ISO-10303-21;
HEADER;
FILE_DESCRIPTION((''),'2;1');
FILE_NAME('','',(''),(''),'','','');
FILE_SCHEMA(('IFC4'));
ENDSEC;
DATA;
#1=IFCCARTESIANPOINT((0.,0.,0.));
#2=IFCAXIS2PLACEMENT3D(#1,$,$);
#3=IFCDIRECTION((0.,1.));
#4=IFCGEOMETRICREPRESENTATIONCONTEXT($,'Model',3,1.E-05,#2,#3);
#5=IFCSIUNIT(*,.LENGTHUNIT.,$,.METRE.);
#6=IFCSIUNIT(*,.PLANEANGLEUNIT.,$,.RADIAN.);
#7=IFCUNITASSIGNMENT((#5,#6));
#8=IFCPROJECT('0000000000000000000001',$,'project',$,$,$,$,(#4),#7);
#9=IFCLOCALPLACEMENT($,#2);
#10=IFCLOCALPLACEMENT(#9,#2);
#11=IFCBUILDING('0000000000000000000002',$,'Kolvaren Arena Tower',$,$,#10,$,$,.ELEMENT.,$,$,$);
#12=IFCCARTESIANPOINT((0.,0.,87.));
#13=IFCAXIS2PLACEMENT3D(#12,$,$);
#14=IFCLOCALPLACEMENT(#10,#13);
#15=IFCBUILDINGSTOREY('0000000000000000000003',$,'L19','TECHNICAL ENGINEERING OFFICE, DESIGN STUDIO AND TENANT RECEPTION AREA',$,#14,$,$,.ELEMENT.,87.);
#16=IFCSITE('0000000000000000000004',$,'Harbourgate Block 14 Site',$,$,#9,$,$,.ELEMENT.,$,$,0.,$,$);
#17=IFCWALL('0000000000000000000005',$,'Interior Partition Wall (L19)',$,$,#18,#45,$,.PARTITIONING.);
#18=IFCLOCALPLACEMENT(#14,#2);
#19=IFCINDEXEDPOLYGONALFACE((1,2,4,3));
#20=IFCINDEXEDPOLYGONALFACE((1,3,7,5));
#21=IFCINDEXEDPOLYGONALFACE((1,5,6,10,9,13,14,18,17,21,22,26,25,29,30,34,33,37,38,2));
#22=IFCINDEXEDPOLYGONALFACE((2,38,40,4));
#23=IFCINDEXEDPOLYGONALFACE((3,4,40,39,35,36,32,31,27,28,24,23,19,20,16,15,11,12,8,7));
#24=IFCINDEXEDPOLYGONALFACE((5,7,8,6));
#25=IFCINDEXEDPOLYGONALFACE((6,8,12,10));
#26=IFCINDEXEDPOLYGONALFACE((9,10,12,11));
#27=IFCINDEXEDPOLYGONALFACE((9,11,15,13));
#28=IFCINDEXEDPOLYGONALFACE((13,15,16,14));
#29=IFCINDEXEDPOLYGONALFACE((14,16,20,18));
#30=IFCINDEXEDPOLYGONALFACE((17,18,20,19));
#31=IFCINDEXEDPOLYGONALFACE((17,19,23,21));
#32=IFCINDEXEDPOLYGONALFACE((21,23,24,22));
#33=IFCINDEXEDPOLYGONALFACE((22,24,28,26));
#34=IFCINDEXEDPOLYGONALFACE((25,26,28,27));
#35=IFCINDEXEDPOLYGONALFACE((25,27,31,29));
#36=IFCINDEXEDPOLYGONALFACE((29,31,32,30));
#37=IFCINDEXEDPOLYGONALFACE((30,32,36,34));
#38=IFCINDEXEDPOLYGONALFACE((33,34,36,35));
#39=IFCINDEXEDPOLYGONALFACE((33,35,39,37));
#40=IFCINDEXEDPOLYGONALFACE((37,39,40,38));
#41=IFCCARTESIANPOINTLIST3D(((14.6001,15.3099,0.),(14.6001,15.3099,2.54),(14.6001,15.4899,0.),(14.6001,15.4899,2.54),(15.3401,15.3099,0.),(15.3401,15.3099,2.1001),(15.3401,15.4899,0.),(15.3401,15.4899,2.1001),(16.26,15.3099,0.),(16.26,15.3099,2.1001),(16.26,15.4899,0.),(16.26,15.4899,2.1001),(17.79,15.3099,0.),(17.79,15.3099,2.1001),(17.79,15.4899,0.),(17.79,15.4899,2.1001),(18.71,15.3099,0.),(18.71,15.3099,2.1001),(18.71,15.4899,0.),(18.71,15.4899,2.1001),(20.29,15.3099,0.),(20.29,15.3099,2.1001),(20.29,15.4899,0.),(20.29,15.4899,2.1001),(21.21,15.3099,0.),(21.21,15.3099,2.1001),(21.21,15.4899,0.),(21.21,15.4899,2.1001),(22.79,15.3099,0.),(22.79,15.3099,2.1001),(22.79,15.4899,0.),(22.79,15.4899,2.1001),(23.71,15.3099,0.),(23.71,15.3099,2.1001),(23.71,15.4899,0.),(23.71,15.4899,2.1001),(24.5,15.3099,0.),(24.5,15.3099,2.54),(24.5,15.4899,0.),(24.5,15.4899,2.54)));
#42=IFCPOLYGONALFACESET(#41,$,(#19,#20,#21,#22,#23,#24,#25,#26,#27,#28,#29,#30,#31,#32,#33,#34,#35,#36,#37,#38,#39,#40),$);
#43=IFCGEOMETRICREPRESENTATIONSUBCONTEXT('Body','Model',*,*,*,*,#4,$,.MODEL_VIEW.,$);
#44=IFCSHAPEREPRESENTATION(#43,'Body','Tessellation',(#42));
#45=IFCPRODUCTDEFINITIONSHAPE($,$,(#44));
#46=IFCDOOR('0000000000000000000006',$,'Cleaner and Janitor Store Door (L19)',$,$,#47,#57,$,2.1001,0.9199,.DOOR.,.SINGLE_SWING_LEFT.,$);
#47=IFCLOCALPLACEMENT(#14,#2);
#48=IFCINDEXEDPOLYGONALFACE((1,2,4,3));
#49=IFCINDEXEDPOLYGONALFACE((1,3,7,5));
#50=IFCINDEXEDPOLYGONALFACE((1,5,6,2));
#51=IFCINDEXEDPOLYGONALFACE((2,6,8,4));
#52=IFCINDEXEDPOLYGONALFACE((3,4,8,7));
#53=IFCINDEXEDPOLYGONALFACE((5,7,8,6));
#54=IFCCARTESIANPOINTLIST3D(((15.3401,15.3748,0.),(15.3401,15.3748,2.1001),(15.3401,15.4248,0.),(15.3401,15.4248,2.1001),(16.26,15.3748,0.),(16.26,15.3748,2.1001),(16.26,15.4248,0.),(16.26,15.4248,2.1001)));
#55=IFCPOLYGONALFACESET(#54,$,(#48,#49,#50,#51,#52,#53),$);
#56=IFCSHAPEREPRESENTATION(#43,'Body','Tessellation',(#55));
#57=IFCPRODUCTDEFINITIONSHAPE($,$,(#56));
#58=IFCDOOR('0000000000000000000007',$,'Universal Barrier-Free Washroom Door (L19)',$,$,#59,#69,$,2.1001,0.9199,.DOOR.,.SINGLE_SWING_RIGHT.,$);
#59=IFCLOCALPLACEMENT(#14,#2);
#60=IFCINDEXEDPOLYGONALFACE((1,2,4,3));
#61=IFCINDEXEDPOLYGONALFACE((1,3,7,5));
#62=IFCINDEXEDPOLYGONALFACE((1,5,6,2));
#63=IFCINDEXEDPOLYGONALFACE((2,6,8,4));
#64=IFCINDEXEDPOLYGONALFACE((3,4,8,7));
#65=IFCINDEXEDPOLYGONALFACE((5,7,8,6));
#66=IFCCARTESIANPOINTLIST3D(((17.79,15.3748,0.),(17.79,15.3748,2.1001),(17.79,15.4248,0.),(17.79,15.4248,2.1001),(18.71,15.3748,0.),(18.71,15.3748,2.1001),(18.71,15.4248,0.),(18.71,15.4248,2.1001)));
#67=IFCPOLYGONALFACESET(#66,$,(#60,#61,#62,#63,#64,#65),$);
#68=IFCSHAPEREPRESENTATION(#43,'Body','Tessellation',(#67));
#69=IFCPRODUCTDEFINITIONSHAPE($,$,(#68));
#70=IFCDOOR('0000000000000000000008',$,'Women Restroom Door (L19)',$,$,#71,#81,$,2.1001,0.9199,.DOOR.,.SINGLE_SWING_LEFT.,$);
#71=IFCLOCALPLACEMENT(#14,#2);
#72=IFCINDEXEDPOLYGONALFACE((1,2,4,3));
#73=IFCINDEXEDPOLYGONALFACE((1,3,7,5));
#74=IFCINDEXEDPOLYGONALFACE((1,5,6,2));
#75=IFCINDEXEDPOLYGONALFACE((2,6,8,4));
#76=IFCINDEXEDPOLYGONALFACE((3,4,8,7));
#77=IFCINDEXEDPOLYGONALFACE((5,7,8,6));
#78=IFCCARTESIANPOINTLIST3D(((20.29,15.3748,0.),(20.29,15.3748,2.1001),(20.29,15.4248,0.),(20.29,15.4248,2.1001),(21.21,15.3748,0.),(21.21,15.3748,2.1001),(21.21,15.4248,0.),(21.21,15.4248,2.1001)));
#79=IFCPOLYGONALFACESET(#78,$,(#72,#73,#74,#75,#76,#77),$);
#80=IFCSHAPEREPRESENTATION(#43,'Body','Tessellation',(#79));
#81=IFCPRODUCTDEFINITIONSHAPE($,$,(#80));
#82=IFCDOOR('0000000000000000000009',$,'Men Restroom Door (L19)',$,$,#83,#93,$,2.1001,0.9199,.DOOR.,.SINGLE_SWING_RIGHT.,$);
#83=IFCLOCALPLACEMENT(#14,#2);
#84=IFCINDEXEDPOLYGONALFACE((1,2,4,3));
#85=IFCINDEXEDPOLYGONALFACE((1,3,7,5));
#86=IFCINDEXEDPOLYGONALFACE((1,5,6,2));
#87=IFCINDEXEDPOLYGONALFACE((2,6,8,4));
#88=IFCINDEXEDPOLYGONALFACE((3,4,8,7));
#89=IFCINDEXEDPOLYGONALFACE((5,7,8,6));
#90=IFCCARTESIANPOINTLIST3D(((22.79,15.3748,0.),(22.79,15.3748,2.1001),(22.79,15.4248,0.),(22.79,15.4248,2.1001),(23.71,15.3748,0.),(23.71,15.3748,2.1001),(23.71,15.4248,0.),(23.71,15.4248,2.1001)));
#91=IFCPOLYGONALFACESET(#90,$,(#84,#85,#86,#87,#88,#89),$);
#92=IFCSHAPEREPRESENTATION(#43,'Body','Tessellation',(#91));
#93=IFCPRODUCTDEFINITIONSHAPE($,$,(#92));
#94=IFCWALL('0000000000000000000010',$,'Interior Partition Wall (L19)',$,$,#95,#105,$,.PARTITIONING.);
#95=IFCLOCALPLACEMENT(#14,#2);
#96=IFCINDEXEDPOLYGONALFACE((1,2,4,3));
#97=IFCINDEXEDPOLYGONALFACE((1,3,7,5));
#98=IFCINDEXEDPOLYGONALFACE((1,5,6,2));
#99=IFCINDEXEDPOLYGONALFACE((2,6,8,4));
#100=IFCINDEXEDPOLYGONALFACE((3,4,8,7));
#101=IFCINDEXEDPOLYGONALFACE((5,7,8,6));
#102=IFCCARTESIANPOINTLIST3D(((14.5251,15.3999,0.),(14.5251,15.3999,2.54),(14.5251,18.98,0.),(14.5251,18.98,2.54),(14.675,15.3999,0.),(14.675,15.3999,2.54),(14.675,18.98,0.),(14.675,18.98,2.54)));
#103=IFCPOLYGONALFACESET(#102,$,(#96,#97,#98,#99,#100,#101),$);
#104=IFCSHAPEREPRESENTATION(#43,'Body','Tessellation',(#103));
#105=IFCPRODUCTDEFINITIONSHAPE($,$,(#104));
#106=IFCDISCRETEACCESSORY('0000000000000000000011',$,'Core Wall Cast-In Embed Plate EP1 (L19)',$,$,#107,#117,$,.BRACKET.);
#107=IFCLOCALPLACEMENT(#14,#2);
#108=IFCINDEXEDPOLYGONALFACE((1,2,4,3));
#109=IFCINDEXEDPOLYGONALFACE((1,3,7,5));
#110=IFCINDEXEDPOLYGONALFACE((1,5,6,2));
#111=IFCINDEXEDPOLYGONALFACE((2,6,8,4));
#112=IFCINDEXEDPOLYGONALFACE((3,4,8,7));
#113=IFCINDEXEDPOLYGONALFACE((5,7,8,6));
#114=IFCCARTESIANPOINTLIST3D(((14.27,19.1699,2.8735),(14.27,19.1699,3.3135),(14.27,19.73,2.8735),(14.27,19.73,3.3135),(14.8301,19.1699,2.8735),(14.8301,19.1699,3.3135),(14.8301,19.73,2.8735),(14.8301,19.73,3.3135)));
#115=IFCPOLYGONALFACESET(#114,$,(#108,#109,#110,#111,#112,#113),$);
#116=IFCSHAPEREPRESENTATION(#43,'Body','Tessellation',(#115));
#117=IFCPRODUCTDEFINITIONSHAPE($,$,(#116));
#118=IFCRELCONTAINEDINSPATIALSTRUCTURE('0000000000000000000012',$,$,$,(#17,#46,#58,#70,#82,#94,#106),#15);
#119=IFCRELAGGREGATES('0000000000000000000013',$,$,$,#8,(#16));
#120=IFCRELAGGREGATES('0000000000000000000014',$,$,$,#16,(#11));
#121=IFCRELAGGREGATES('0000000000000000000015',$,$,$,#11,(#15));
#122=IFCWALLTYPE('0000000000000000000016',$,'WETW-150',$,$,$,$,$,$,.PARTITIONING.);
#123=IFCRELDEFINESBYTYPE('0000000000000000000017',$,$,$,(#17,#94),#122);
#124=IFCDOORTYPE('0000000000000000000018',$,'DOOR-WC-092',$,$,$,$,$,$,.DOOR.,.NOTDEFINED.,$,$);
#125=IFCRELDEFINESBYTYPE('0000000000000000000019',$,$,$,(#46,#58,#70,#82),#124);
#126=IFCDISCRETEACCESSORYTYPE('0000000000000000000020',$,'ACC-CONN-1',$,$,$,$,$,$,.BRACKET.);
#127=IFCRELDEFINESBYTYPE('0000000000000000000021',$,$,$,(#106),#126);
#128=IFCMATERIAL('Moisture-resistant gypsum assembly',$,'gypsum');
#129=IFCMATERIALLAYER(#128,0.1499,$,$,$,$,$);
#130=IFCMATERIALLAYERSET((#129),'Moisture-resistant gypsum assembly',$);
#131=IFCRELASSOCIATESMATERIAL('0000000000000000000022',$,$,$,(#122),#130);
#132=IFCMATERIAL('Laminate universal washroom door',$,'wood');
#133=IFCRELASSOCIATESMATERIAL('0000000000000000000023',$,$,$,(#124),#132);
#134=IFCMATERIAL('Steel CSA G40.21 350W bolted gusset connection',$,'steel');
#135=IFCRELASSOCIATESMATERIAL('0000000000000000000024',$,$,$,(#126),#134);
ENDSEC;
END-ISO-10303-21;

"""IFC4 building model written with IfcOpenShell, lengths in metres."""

from ifc_helpers import new_model, si_unit, direction, frame, frame_2d, origin, origin_2d, place, context, subcontext, project, spatial, rectangle, extrude, material, layer, layer_set, type_object, element, fill, save


model = new_model("IFC4")

# Units and contexts
model_context = context("Model", 3, precision=1e-05, world=origin(), true_north=direction((0.0, 1.0)))
body_context = subcontext(model_context, "Body", "Model", "MODEL_VIEW")
ifc_project = project(units=[si_unit("LENGTHUNIT", "METRE"), si_unit("PLANEANGLEUNIT", "RADIAN")], contexts=[model_context])

# Site, building, storey
site_placement = place(None, origin())
site = spatial("IfcSite", under=ifc_project, at=site_placement, Name="Harbourgate Block 14 Site", CompositionType="ELEMENT", RefElevation=0.0)
building_placement = place(site_placement, origin())
building = spatial("IfcBuilding", under=site, at=building_placement, Name="Kolvaren Arena Tower", CompositionType="ELEMENT")
storey_placement = place(building_placement, frame((0.0, 0.0, 87.0)))
storey = spatial("IfcBuildingStorey", under=building, at=storey_placement, Name="L19", Description="TECHNICAL ENGINEERING OFFICE, DESIGN STUDIO AND TENANT RECEPTION AREA", CompositionType="ELEMENT", Elevation=87.0)

# Wall, openings, doors
ifc_material_1 = material(Name="Moisture-resistant gypsum assembly", Category="gypsum")
ifc_layer_1 = layer(ifc_material_1, 0.1499)
ifc_layer_set_1 = layer_set([ifc_layer_1], Name="Moisture-resistant gypsum assembly")
wall_type_1 = type_object("IfcWallType", Name="WETW-150", PredefinedType="PARTITIONING", material=ifc_layer_set_1)
wall_1_placement = place(storey_placement, frame((14.6001, 15.3999, 0.0), z_axis=(0.0, 0.0, 1.0), x_axis=(1.0, 0.0, 0.0)))
wall_1 = element("IfcWall", 1, at=wall_1_placement, inside=storey, type_object=wall_type_1, Name="Interior Partition Wall (L19)", PredefinedType="PARTITIONING", context=body_context, shape_type="SweptSolid", body=[
    extrude(rectangle(XDim=9.8999, YDim=0.1799, at=frame_2d((4.95, 0.0))), origin(), (0.0, 0.0, 1.0), 2.54),
])
opening_1_placement = place(wall_1_placement, frame((0.74, 0.0, 0.0)))
opening_1 = element("IfcOpeningElement", 2, at=opening_1_placement, cuts=wall_1, PredefinedType="OPENING", context=body_context, shape_type="SweptSolid", body=[
    extrude(rectangle(XDim=0.9199, YDim=2.1001, at=frame_2d((0.46, 1.05))), frame((0.0, 0.0999, 0.0), z_axis=(0.0, -1.0, 0.0), x_axis=(1.0, 0.0, 0.0)), (0.0, 0.0, 1.0), 0.2),
])
opening_2_placement = place(wall_1_placement, frame((3.1899, 0.0, 0.0)))
opening_2 = element("IfcOpeningElement", 3, at=opening_2_placement, cuts=wall_1, PredefinedType="OPENING", context=body_context, shape_type="SweptSolid", body=[
    extrude(rectangle(XDim=0.9199, YDim=2.1001, at=frame_2d((0.46, 1.05))), frame((0.0, 0.0999, 0.0), z_axis=(0.0, -1.0, 0.0), x_axis=(1.0, 0.0, 0.0)), (0.0, 0.0, 1.0), 0.2),
])
opening_3_placement = place(wall_1_placement, frame((5.6899, 0.0, 0.0)))
opening_3 = element("IfcOpeningElement", 4, at=opening_3_placement, cuts=wall_1, PredefinedType="OPENING", context=body_context, shape_type="SweptSolid", body=[
    extrude(rectangle(XDim=0.9199, YDim=2.1001, at=frame_2d((0.46, 1.05))), frame((0.0, 0.0999, 0.0), z_axis=(0.0, -1.0, 0.0), x_axis=(1.0, 0.0, 0.0)), (0.0, 0.0, 1.0), 0.2),
])
opening_4_placement = place(wall_1_placement, frame((8.1899, 0.0, 0.0)))
opening_4 = element("IfcOpeningElement", 5, at=opening_4_placement, cuts=wall_1, PredefinedType="OPENING", context=body_context, shape_type="SweptSolid", body=[
    extrude(rectangle(XDim=0.9199, YDim=2.1001, at=frame_2d((0.46, 1.05))), frame((0.0, 0.0999, 0.0), z_axis=(0.0, -1.0, 0.0), x_axis=(1.0, 0.0, 0.0)), (0.0, 0.0, 1.0), 0.2),
])
ifc_material_2 = material(Name="Laminate universal washroom door", Category="wood")
door_type_1 = type_object("IfcDoorType", Name="DOOR-WC-092", OperationType="NOTDEFINED", PredefinedType="DOOR", material=ifc_material_2)
door_1_placement = place(opening_1_placement, origin())
door_1 = element("IfcDoor", 6, at=door_1_placement, inside=storey, type_object=door_type_1, Name="Cleaner and Janitor Store Door (L19)", OperationType="SINGLE_SWING_LEFT", OverallHeight=2.1001, OverallWidth=0.9199, PredefinedType="DOOR", context=body_context, shape_type="SweptSolid", body=[
    extrude(rectangle(XDim=0.9199, YDim=2.1001, at=frame_2d((0.46, 1.05))), frame((0.0, 0.0249, 0.0), z_axis=(0.0, -1.0, 0.0), x_axis=(1.0, 0.0, 0.0)), (0.0, 0.0, 1.0), 0.05),
])
fill(opening_1, door_1)
door_2_placement = place(opening_2_placement, origin())
door_2 = element("IfcDoor", 7, at=door_2_placement, inside=storey, type_object=door_type_1, Name="Universal Barrier-Free Washroom Door (L19)", OperationType="SINGLE_SWING_RIGHT", OverallHeight=2.1001, OverallWidth=0.9199, PredefinedType="DOOR", context=body_context, shape_type="SweptSolid", body=[
    extrude(rectangle(XDim=0.9199, YDim=2.1001, at=frame_2d((0.46, 1.05))), frame((0.0, 0.0249, 0.0), z_axis=(0.0, -1.0, 0.0), x_axis=(1.0, 0.0, 0.0)), (0.0, 0.0, 1.0), 0.05),
])
fill(opening_2, door_2)
door_3_placement = place(opening_3_placement, origin())
door_3 = element("IfcDoor", 8, at=door_3_placement, inside=storey, type_object=door_type_1, Name="Women Restroom Door (L19)", OperationType="SINGLE_SWING_LEFT", OverallHeight=2.1001, OverallWidth=0.9199, PredefinedType="DOOR", context=body_context, shape_type="SweptSolid", body=[
    extrude(rectangle(XDim=0.9199, YDim=2.1001, at=frame_2d((0.46, 1.05))), frame((0.0, 0.0249, 0.0), z_axis=(0.0, -1.0, 0.0), x_axis=(1.0, 0.0, 0.0)), (0.0, 0.0, 1.0), 0.05),
])
fill(opening_3, door_3)
door_4_placement = place(opening_4_placement, origin())
door_4 = element("IfcDoor", 9, at=door_4_placement, inside=storey, type_object=door_type_1, Name="Men Restroom Door (L19)", OperationType="SINGLE_SWING_RIGHT", OverallHeight=2.1001, OverallWidth=0.9199, PredefinedType="DOOR", context=body_context, shape_type="SweptSolid", body=[
    extrude(rectangle(XDim=0.9199, YDim=2.1001, at=frame_2d((0.46, 1.05))), frame((0.0, 0.0249, 0.0), z_axis=(0.0, -1.0, 0.0), x_axis=(1.0, 0.0, 0.0)), (0.0, 0.0, 1.0), 0.05),
])
fill(opening_4, door_4)

# Wall
wall_2_placement = place(storey_placement, frame((14.6001, 15.3999, 0.0), z_axis=(0.0, 0.0, 1.0), x_axis=(0.0, 1.0, 0.0)))
element("IfcWall", 10, at=wall_2_placement, inside=storey, type_object=wall_type_1, Name="Interior Partition Wall (L19)", PredefinedType="PARTITIONING", context=body_context, shape_type="SweptSolid", body=[
    extrude(rectangle(XDim=3.5801, YDim=0.1499, at=frame_2d((1.79, 0.0))), origin(), (0.0, 0.0, 1.0), 2.54),
])

# Discrete accessory
ifc_material_3 = material(Name="Steel CSA G40.21 350W bolted gusset connection", Category="steel")
discrete_accessory_type = type_object("IfcDiscreteAccessoryType", Name="ACC-CONN-1", PredefinedType="BRACKET", material=ifc_material_3)
discrete_accessory_placement = place(storey_placement, frame((14.55, 19.45, 2.8735), z_axis=(0.0, 0.0, 1.0), x_axis=(1.0, 0.0, 0.0)))
element("IfcDiscreteAccessory", 11, at=discrete_accessory_placement, inside=storey, type_object=discrete_accessory_type, Name="Core Wall Cast-In Embed Plate EP1 (L19)", PredefinedType="BRACKET", context=body_context, shape_type="SweptSolid", body=[
    extrude(rectangle(XDim=0.5601, YDim=0.5601, at=origin_2d()), origin(), (0.0, 0.0, 1.0), 0.4399),
])

save(model, "model.ifc")
